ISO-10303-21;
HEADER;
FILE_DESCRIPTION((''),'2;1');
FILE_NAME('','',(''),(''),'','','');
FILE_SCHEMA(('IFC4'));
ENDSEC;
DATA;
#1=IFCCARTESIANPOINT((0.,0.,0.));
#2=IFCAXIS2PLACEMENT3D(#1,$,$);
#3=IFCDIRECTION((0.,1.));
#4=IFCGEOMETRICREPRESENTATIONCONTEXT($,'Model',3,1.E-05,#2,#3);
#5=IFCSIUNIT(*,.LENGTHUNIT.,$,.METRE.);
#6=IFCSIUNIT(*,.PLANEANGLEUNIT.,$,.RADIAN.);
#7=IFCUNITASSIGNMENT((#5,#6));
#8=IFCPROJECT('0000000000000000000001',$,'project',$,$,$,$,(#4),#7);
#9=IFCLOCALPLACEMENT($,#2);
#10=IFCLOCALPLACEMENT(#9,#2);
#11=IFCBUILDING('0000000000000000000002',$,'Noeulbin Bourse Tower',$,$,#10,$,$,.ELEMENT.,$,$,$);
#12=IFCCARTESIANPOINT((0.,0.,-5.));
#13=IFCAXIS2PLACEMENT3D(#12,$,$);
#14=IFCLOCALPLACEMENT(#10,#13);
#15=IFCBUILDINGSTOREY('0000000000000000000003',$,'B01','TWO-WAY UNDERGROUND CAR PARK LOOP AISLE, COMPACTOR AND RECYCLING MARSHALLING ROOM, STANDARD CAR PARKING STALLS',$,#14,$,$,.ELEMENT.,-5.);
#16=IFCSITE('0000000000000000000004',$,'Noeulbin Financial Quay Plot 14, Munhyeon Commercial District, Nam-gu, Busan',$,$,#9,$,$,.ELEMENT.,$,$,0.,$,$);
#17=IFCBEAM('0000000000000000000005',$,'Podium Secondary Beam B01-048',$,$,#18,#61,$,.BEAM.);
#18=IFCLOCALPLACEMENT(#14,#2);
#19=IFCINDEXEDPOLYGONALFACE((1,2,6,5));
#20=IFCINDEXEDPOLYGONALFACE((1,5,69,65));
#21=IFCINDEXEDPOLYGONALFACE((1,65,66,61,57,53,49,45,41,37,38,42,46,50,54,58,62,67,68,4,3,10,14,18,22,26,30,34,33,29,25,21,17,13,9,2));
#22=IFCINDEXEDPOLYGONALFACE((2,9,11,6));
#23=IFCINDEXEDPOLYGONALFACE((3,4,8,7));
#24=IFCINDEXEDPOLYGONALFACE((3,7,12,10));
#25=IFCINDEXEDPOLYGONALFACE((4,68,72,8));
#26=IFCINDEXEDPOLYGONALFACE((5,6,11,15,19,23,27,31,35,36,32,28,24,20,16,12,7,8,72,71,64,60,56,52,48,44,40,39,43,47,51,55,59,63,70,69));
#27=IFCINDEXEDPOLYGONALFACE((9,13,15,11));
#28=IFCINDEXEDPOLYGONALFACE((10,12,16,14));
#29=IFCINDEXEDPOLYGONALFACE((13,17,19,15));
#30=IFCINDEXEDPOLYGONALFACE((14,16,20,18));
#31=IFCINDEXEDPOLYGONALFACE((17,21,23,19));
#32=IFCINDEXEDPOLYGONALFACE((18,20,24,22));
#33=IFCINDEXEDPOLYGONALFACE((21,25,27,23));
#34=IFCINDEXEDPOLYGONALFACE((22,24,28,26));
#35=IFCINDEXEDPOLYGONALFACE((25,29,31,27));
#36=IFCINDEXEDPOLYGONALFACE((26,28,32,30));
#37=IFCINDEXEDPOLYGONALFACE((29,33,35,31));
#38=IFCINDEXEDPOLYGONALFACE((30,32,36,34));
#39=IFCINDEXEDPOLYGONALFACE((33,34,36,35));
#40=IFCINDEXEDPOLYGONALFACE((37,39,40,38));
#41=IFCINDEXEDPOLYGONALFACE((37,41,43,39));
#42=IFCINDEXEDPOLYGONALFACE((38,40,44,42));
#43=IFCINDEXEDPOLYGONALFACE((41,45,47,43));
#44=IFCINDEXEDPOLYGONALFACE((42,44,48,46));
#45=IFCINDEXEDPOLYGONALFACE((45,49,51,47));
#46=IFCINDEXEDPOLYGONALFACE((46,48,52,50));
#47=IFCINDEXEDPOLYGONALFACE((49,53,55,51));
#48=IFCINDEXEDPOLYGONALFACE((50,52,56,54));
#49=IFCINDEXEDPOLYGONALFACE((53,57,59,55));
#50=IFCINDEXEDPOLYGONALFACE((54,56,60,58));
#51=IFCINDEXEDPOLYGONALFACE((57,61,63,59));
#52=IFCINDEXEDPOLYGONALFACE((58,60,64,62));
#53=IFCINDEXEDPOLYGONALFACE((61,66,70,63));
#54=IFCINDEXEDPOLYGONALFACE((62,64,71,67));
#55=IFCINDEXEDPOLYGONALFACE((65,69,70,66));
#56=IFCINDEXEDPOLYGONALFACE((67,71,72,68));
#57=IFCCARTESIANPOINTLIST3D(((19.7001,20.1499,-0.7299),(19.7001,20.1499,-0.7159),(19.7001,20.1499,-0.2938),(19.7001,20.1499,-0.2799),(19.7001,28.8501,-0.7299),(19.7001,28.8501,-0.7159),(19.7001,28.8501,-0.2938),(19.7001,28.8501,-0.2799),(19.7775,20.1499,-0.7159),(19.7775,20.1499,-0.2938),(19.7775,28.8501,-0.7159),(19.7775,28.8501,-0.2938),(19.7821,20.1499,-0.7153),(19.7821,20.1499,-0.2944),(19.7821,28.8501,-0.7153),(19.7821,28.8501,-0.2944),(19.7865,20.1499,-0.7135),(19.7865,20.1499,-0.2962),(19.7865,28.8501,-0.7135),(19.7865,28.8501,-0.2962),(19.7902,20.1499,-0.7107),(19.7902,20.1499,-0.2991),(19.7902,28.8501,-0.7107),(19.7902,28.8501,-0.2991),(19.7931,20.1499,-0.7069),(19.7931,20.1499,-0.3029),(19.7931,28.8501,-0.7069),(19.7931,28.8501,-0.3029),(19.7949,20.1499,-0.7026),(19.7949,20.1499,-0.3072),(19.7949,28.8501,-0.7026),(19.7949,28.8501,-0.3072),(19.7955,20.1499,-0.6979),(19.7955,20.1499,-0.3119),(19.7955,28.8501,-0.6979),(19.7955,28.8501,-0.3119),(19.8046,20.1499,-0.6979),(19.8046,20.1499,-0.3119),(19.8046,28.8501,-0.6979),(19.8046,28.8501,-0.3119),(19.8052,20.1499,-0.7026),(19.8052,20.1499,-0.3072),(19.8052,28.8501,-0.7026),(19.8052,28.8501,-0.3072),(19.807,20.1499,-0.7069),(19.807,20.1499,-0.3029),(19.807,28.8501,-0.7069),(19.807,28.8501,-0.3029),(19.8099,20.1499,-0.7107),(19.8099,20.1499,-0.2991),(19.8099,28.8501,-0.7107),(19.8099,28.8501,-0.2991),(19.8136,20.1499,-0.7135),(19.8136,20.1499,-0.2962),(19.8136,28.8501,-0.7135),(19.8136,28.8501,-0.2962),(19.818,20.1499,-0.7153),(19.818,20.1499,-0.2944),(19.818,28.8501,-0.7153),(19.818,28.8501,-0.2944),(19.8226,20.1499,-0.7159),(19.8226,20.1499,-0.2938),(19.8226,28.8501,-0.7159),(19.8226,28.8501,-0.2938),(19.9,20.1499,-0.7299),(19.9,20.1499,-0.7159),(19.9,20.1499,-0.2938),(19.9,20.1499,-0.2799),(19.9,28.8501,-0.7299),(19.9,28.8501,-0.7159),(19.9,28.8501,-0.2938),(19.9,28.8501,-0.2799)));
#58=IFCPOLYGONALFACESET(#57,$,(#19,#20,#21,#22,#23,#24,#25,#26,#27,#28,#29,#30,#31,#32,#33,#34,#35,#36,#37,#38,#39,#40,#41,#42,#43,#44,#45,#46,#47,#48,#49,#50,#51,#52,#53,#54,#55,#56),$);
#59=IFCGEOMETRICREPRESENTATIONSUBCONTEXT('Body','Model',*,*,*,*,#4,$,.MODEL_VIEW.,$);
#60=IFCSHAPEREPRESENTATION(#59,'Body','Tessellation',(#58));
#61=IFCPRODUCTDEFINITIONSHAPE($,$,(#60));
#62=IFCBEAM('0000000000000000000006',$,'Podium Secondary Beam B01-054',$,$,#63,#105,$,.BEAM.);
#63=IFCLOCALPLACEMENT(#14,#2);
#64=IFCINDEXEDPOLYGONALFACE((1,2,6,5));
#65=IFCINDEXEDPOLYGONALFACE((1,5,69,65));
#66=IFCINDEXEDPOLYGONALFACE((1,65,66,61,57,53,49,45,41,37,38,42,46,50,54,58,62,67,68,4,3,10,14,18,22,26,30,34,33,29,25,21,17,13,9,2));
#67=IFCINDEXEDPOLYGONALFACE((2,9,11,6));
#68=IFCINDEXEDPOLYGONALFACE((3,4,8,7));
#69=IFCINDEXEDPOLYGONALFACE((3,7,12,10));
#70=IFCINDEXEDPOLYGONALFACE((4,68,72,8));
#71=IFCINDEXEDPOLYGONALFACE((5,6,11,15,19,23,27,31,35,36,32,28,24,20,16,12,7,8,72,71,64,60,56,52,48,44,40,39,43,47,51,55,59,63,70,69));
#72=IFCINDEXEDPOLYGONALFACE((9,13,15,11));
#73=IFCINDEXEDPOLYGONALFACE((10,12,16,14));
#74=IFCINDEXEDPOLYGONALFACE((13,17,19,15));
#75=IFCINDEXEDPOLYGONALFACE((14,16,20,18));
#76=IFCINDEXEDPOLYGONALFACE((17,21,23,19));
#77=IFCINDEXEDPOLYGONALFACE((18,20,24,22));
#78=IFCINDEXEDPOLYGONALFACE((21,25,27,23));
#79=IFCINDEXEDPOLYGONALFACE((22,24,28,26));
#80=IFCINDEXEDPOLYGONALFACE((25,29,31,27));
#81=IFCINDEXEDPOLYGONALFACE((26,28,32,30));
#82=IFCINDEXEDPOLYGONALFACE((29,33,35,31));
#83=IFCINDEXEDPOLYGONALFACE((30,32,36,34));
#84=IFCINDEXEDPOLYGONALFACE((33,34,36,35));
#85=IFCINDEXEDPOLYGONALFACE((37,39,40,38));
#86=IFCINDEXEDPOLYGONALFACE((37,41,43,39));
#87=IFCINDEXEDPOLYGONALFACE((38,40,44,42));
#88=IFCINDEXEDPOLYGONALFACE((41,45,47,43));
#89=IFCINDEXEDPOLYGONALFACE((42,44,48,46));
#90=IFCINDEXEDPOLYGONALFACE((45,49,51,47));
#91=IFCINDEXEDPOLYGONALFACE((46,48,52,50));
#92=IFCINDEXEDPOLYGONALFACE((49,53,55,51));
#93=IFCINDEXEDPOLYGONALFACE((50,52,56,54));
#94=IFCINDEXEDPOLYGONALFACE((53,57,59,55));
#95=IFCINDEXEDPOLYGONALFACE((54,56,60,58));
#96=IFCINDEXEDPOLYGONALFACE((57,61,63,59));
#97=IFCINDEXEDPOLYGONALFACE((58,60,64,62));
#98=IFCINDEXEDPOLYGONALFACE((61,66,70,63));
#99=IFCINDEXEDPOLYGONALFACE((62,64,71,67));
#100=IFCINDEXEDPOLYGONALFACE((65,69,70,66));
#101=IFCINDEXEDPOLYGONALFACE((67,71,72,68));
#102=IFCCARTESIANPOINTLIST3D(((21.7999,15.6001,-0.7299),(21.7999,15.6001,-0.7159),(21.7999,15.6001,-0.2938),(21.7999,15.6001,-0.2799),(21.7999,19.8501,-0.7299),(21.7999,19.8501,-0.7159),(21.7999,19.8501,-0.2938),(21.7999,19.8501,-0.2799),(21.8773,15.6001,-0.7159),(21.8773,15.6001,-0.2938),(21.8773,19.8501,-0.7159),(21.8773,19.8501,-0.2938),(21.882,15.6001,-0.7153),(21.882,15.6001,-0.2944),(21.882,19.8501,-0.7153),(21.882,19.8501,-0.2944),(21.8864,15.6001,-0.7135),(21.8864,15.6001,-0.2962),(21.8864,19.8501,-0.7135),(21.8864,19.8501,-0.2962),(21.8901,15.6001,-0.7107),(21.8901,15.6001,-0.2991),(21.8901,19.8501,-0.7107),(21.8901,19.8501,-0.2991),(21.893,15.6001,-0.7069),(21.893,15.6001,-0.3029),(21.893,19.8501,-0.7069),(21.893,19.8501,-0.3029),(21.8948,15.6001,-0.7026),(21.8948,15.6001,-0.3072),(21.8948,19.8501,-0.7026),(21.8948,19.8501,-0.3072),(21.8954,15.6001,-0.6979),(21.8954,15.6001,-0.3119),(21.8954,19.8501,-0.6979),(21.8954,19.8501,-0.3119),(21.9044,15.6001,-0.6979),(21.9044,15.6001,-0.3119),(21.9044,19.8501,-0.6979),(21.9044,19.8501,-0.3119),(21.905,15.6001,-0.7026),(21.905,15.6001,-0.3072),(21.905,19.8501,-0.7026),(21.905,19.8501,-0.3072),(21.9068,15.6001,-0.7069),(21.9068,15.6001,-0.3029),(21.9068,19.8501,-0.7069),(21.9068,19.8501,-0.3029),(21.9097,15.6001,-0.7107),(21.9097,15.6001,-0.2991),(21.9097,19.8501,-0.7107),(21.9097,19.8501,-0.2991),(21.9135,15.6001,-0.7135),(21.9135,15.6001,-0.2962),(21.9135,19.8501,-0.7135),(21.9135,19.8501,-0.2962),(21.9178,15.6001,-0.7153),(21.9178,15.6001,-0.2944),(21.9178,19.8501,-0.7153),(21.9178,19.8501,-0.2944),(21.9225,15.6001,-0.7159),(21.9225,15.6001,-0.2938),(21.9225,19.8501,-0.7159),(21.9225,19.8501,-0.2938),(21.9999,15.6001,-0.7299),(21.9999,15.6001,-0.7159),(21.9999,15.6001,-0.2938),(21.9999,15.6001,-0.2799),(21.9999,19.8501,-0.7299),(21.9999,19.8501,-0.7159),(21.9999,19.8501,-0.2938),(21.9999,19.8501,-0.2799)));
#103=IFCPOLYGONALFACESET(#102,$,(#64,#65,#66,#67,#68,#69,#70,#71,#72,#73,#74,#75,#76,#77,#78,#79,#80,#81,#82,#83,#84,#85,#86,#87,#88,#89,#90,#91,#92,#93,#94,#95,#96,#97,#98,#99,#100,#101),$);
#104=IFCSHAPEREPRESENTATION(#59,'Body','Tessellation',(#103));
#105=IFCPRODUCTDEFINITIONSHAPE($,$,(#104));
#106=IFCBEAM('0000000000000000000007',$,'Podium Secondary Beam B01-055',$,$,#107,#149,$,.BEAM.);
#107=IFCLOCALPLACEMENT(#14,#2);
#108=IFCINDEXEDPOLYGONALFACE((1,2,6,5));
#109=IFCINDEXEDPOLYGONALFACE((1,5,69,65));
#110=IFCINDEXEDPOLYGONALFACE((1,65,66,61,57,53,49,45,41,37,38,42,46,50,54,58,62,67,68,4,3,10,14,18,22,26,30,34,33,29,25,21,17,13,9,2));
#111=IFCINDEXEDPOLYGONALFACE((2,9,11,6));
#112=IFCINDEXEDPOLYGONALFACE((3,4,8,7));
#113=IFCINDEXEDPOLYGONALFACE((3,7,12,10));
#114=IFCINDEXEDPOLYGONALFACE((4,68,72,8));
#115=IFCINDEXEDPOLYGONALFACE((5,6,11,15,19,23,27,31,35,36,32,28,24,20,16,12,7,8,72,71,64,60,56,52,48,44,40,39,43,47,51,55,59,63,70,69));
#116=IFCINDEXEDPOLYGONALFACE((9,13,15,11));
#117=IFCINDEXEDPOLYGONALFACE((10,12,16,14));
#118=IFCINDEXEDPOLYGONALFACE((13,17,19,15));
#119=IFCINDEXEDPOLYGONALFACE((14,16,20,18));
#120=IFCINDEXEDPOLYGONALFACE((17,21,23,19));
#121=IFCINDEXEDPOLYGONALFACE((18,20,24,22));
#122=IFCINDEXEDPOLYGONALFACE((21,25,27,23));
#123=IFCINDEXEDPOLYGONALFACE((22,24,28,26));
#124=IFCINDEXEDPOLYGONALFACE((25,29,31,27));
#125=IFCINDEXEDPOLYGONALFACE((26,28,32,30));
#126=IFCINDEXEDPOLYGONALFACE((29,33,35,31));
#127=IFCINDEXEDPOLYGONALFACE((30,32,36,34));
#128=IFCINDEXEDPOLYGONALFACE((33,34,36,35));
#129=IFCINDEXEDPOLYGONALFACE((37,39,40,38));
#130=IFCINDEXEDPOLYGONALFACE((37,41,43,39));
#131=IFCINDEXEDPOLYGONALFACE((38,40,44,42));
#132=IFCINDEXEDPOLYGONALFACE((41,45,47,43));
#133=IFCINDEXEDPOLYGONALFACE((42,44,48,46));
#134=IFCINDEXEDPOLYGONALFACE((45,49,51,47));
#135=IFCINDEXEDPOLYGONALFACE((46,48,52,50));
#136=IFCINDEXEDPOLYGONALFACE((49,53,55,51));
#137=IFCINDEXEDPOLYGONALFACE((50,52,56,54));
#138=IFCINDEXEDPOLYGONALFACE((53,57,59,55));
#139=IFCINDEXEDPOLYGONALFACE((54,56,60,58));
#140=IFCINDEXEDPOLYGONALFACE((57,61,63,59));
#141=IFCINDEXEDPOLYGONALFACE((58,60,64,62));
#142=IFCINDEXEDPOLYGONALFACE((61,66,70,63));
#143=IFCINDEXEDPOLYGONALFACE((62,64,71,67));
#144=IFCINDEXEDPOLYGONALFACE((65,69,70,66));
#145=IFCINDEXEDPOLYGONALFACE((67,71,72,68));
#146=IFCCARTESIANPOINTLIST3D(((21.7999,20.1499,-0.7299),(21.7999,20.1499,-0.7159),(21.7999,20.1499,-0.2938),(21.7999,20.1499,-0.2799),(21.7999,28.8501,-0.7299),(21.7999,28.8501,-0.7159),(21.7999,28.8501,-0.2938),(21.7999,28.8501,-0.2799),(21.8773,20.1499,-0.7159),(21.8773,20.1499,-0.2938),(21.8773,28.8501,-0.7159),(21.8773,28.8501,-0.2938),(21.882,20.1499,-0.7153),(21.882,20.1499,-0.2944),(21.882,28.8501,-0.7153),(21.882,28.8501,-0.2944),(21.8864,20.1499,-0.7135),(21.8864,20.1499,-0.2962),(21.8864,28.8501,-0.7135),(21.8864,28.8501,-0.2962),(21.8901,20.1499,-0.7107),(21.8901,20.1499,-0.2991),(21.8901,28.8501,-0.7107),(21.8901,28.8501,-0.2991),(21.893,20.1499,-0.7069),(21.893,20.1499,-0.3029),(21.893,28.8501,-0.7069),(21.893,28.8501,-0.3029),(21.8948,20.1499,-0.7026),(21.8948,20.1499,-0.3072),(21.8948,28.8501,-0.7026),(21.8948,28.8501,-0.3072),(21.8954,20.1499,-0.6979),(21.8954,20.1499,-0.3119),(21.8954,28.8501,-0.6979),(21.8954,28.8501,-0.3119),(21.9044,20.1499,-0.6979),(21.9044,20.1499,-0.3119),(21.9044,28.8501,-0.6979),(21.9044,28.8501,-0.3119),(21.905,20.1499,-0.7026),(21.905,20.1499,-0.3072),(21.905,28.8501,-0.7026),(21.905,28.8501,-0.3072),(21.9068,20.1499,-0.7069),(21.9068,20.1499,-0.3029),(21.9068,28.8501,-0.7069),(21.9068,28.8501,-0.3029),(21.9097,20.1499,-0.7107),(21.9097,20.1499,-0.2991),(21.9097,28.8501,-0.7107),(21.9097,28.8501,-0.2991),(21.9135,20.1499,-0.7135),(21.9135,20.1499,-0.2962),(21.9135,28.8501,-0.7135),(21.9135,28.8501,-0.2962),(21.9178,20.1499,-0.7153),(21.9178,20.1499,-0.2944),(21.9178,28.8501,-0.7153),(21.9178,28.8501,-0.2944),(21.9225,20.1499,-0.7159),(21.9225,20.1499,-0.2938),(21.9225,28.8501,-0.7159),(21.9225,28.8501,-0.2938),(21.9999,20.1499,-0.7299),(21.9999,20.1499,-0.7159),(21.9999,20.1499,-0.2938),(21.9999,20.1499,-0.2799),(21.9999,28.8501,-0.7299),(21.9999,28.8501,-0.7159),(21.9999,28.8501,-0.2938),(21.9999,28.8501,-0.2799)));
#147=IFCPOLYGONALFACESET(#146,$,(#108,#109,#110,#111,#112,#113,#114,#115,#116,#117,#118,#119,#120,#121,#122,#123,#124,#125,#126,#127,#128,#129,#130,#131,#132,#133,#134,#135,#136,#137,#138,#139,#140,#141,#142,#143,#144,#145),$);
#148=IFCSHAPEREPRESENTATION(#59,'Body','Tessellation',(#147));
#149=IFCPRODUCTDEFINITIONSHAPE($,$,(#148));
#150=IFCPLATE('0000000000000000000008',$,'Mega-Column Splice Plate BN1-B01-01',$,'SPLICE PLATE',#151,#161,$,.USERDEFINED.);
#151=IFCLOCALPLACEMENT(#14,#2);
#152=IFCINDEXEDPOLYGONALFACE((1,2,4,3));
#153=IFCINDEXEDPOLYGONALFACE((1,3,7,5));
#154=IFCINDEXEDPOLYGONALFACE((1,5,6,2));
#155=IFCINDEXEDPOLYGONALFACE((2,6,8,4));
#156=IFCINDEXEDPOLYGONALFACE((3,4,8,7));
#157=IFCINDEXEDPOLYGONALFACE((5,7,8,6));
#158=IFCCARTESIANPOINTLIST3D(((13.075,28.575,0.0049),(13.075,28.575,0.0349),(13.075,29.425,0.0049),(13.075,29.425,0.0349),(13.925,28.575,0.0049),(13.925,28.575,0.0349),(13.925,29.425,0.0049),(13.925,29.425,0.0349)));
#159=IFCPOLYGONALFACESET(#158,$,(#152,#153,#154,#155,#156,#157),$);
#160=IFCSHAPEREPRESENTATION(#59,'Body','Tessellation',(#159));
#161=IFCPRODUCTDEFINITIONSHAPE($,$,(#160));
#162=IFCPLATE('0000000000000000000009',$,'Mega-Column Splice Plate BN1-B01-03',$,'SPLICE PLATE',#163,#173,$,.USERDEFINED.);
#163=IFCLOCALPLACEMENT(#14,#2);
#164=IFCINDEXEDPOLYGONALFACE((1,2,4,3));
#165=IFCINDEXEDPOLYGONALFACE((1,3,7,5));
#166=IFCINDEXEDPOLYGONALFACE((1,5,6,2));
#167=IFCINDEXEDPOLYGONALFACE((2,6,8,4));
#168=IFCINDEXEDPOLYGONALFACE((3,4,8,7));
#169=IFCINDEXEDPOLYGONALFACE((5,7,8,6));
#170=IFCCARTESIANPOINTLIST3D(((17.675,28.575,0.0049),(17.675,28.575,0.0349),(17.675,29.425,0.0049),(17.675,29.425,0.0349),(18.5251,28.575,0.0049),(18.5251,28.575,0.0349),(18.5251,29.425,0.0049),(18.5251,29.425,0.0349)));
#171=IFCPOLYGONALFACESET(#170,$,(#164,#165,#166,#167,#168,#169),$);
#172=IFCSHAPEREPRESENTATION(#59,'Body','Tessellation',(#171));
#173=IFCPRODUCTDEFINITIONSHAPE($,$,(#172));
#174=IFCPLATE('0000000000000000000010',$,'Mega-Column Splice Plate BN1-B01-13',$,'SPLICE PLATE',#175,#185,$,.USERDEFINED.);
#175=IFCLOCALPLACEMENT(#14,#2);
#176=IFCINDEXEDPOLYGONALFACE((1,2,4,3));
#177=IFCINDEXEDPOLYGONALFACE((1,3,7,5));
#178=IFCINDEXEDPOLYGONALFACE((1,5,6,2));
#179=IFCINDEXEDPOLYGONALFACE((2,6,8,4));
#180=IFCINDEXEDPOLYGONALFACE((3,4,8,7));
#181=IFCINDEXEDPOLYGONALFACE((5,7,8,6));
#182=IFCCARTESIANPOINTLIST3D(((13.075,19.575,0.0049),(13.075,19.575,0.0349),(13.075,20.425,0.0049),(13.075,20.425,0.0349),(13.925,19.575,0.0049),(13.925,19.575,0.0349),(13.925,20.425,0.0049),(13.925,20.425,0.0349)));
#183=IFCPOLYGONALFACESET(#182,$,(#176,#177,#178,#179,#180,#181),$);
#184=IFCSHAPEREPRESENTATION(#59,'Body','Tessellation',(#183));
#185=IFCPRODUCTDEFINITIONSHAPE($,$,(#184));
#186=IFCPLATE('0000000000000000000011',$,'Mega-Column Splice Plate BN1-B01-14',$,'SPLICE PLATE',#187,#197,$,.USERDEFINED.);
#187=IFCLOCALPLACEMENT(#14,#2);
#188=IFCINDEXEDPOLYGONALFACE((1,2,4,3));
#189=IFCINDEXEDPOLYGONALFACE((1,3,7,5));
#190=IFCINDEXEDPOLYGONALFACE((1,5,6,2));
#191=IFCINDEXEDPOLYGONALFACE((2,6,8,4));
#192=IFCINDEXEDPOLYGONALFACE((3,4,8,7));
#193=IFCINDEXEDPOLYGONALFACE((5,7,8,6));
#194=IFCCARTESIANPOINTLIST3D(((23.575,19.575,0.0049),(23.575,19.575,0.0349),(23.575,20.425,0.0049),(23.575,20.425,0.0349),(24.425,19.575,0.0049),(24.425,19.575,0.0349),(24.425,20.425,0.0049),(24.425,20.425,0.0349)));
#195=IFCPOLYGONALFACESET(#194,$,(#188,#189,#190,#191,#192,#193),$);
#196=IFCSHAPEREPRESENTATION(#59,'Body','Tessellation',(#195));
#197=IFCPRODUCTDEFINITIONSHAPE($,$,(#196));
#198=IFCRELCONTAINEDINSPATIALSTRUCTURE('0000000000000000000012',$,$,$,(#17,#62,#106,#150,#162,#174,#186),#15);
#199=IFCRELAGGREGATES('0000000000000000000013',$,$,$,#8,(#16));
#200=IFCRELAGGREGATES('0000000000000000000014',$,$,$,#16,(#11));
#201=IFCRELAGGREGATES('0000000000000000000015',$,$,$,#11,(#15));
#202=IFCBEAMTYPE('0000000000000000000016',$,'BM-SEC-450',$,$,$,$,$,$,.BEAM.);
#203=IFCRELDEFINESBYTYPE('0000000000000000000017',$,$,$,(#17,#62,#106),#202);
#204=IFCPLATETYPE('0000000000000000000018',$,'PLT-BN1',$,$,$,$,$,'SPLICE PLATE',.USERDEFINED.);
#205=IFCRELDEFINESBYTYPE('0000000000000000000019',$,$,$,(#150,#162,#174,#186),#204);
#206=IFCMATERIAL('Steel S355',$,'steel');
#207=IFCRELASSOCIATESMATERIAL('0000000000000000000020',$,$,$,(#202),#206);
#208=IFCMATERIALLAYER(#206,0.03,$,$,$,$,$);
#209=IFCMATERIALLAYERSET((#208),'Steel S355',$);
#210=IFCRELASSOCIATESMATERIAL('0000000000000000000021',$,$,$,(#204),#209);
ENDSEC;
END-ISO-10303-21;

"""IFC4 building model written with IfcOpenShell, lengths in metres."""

from ifc_helpers import new_model, si_unit, direction, frame, origin, origin_2d, place, context, subcontext, project, spatial, rectangle, i_section, extrude, material, layer, layer_set, material_profile, profile_set, type_object, element, save


model = new_model("IFC4")

# Units and contexts
model_context = context("Model", 3, precision=1e-05, world=origin(), true_north=direction((0.0, 1.0)))
body_context = subcontext(model_context, "Body", "Model", "MODEL_VIEW")
ifc_project = project(units=[si_unit("LENGTHUNIT", "METRE"), si_unit("PLANEANGLEUNIT", "RADIAN")], contexts=[model_context])

# Site, building, storey
site_placement = place(None, origin())
site = spatial("IfcSite", under=ifc_project, at=site_placement, Name="Noeulbin Financial Quay Plot 14, Munhyeon Commercial District, Nam-gu, Busan", CompositionType="ELEMENT", RefElevation=0.0)
building_placement = place(site_placement, origin())
building = spatial("IfcBuilding", under=site, at=building_placement, Name="Noeulbin Bourse Tower", CompositionType="ELEMENT")
storey_placement = place(building_placement, frame((0.0, 0.0, -5.0)))
storey = spatial("IfcBuildingStorey", under=building, at=storey_placement, Name="B01", Description="TWO-WAY UNDERGROUND CAR PARK LOOP AISLE, COMPACTOR AND RECYCLING MARSHALLING ROOM, STANDARD CAR PARKING STALLS", CompositionType="ELEMENT", Elevation=-5.0)

# Beams
ifc_material_1 = material(Name="Steel S355", Category="steel")
ifc_material_profile_1 = material_profile(ifc_material_1, i_section(OverallWidth=0.2, OverallDepth=0.45, WebThickness=0.009, FlangeThickness=0.0139, FilletRadius=0.0181, at=origin_2d()), Name="H-450x200x9x14", Category="LoadBearing")
ifc_profile_set_1 = profile_set([ifc_material_profile_1], Name="Steel S355")
beam_type_1 = type_object("IfcBeamType", Name="BM-SEC-450", PredefinedType="BEAM", material=ifc_profile_set_1)
for number, where, z_axis, x_axis, name in (
    (1, (19.8, 20.1499, -0.5049), (0.0, 1.0, 0.0), (-1.0, 0.0, 0.0), "Podium Secondary Beam B01-048"),
):
    element("IfcBeam", number, at=place(storey_placement, frame(where, z_axis=z_axis, x_axis=x_axis)), inside=storey, type_object=beam_type_1, Name=name, PredefinedType="BEAM", context=body_context, shape_type="SweptSolid", body=[
        extrude(i_section(OverallWidth=0.2, OverallDepth=0.45, WebThickness=0.009, FlangeThickness=0.0139, FilletRadius=0.0181, at=origin_2d()), origin(), (0.0, 0.0, 1.0), 8.7002),
    ])
beam_1_placement = place(storey_placement, frame((21.8999, 15.6001, -0.5049), z_axis=(0.0, 1.0, 0.0), x_axis=(-1.0, 0.0, 0.0)))
element("IfcBeam", 2, at=beam_1_placement, inside=storey, type_object=beam_type_1, Name="Podium Secondary Beam B01-054", PredefinedType="BEAM", context=body_context, shape_type="SweptSolid", body=[
    extrude(i_section(OverallWidth=0.2, OverallDepth=0.45, WebThickness=0.009, FlangeThickness=0.0139, FilletRadius=0.0181, at=origin_2d()), origin(), (0.0, 0.0, 1.0), 4.25),
])
beam_2_placement = place(storey_placement, frame((21.8999, 20.1499, -0.5049), z_axis=(0.0, 1.0, 0.0), x_axis=(-1.0, 0.0, 0.0)))
element("IfcBeam", 3, at=beam_2_placement, inside=storey, type_object=beam_type_1, Name="Podium Secondary Beam B01-055", PredefinedType="BEAM", context=body_context, shape_type="SweptSolid", body=[
    extrude(i_section(OverallWidth=0.2, OverallDepth=0.45, WebThickness=0.009, FlangeThickness=0.0139, FilletRadius=0.0181, at=origin_2d()), origin(), (0.0, 0.0, 1.0), 8.7002),
])

# Plates
ifc_layer_1 = layer(ifc_material_1, 0.03)
ifc_layer_set_1 = layer_set([ifc_layer_1], Name="Steel S355")
plate_type = type_object("IfcPlateType", Name="PLT-BN1", ElementType="SPLICE PLATE", PredefinedType="USERDEFINED", material=ifc_layer_set_1)
for number, where, z_axis, x_axis, name in (
    (4, (13.5, 29.0, 0.0049), (0.0, 0.0, 1.0), (1.0, 0.0, 0.0), "Mega-Column Splice Plate BN1-B01-01"),
    (5, (18.1001, 29.0, 0.0049), (0.0, 0.0, 1.0), (1.0, 0.0, 0.0), "Mega-Column Splice Plate BN1-B01-03"),
    (6, (13.5, 20.0, 0.0049), (0.0, 0.0, 1.0), (1.0, 0.0, 0.0), "Mega-Column Splice Plate BN1-B01-13"),
    (7, (24.0, 20.0, 0.0049), (0.0, 0.0, 1.0), (1.0, 0.0, 0.0), "Mega-Column Splice Plate BN1-B01-14"),
):
    element("IfcPlate", number, at=place(storey_placement, frame(where, z_axis=z_axis, x_axis=x_axis)), inside=storey, type_object=plate_type, Name=name, ObjectType="SPLICE PLATE", PredefinedType="USERDEFINED", context=body_context, shape_type="SweptSolid", body=[
        extrude(rectangle(XDim=0.8501, YDim=0.8501, at=origin_2d()), origin(), (0.0, 0.0, 1.0), 0.03),
    ])

save(model, "model.ifc")
